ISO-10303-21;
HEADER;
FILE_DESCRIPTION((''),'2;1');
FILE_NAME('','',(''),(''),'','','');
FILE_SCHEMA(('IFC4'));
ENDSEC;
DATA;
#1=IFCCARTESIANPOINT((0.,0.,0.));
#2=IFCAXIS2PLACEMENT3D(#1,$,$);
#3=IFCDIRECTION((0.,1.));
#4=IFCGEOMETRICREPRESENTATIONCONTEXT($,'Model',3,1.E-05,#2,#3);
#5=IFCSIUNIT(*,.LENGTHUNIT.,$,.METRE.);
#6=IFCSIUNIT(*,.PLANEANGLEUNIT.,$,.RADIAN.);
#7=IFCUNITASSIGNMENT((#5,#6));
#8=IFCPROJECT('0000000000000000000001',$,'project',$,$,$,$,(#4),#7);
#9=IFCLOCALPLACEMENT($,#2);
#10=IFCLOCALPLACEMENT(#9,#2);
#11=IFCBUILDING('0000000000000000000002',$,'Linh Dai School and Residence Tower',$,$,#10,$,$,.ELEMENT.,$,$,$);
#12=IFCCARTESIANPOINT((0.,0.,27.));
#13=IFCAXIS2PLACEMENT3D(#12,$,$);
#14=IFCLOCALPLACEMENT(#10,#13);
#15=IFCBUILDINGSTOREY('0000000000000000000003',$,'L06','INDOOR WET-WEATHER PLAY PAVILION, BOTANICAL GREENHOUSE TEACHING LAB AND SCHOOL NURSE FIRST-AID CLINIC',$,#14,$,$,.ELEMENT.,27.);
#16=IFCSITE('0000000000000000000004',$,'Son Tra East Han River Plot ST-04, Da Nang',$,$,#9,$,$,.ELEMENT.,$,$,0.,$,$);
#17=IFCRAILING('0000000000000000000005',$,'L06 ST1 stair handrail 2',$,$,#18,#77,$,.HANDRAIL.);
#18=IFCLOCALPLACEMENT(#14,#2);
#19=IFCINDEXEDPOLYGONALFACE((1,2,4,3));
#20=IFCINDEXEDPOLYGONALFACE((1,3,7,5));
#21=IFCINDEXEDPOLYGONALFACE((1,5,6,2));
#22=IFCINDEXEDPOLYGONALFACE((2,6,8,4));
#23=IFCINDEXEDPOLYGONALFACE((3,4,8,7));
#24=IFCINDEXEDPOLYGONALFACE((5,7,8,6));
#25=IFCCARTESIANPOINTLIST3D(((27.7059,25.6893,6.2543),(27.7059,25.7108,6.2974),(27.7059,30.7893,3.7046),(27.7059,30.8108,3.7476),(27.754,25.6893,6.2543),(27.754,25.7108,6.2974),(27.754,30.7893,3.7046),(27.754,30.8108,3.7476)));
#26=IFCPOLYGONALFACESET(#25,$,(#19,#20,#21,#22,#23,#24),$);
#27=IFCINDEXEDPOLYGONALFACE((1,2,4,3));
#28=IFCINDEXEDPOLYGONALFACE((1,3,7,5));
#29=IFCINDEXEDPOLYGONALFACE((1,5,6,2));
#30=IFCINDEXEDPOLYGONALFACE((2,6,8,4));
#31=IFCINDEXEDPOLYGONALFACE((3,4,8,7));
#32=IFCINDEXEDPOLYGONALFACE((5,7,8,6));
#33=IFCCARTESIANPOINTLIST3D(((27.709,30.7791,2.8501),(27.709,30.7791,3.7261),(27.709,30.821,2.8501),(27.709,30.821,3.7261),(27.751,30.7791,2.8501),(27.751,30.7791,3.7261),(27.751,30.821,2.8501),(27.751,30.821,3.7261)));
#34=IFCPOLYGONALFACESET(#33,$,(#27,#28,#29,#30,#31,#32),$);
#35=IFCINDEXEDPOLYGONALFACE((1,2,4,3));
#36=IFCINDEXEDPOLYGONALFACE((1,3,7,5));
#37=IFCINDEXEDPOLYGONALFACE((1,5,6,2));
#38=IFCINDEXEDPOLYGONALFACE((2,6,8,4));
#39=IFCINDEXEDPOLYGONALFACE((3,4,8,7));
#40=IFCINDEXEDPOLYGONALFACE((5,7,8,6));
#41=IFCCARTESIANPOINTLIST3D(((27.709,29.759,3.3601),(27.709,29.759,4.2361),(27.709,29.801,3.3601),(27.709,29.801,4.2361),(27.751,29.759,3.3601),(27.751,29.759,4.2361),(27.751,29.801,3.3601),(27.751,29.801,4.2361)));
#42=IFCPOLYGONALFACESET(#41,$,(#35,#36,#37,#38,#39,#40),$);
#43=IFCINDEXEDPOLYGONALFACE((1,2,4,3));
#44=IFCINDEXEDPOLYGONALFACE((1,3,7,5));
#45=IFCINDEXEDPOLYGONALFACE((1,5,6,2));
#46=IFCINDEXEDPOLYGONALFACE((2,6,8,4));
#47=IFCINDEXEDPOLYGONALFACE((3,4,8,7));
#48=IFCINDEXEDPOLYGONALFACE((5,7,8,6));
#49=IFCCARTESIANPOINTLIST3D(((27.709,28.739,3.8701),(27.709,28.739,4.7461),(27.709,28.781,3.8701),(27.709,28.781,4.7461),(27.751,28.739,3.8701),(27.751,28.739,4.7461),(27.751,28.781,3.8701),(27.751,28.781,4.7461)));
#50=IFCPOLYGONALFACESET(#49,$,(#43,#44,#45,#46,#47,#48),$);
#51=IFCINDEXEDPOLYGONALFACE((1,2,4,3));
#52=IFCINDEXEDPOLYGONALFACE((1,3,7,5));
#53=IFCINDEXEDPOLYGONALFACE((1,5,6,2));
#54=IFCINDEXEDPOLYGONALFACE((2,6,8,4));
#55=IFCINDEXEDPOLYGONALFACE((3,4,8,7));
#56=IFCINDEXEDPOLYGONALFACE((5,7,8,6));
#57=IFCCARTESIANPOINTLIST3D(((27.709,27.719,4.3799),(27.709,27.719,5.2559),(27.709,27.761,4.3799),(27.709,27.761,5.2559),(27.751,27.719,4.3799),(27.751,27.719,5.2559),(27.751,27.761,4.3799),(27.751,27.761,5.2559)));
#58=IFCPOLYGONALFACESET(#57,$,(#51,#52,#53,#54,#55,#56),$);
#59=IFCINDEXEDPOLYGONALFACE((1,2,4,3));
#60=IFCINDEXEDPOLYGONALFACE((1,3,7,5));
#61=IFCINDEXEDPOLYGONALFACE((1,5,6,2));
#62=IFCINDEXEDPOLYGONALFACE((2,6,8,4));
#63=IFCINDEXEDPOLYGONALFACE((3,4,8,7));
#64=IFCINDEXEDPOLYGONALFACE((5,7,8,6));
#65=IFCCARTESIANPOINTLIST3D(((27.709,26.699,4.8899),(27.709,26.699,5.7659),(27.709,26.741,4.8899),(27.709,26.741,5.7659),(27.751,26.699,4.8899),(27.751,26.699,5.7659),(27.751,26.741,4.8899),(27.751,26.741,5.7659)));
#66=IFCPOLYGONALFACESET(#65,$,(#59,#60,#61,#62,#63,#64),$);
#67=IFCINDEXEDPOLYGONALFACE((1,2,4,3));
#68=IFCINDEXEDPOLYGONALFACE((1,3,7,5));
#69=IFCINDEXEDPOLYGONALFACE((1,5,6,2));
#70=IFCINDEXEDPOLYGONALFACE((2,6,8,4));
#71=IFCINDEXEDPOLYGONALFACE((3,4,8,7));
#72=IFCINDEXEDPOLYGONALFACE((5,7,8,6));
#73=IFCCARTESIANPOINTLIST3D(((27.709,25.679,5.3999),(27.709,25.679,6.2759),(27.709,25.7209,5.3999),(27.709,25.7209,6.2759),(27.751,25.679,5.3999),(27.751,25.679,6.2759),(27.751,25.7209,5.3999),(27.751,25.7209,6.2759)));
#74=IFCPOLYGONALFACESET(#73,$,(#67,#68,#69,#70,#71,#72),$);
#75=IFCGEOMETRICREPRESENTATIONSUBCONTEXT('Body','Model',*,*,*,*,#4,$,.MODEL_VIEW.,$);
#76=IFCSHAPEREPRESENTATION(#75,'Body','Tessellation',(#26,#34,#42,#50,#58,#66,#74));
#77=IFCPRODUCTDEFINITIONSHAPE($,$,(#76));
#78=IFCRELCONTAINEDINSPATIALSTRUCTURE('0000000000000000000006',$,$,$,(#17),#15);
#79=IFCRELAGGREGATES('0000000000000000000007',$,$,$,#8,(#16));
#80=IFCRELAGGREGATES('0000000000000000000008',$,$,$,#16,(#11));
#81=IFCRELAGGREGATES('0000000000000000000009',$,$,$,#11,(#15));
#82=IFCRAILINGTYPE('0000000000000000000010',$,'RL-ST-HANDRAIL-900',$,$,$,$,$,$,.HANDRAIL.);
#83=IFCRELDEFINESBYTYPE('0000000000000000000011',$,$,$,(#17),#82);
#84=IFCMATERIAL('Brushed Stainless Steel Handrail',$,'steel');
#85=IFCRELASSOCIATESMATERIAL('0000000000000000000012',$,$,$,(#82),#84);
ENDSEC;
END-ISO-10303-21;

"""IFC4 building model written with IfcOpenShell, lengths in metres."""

from ifc_helpers import new_model, si_unit, direction, frame, origin, origin_2d, place, context, subcontext, project, spatial, rectangle, extrude, source, transform, mapped, material, type_object, element, save


model = new_model("IFC4")

# Units and contexts
model_context = context("Model", 3, precision=1e-05, world=origin(), true_north=direction((0.0, 1.0)))
body_context = subcontext(model_context, "Body", "Model", "MODEL_VIEW")
ifc_project = project(units=[si_unit("LENGTHUNIT", "METRE"), si_unit("PLANEANGLEUNIT", "RADIAN")], contexts=[model_context])

# Site, building, storey
site_placement = place(None, origin())
site = spatial("IfcSite", under=ifc_project, at=site_placement, Name="Son Tra East Han River Plot ST-04, Da Nang", CompositionType="ELEMENT", RefElevation=0.0)
building_placement = place(site_placement, origin())
building = spatial("IfcBuilding", under=site, at=building_placement, Name="Linh Dai School and Residence Tower", CompositionType="ELEMENT")
storey_placement = place(building_placement, frame((0.0, 0.0, 27.0)))
storey = spatial("IfcBuildingStorey", under=building, at=storey_placement, Name="L06", Description="INDOOR WET-WEATHER PLAY PAVILION, BOTANICAL GREENHOUSE TEACHING LAB AND SCHOOL NURSE FIRST-AID CLINIC", CompositionType="ELEMENT", Elevation=27.0)

# Railing
ifc_material_1 = material(Name="Brushed Stainless Steel Handrail", Category="steel")
railing_type_1 = type_object("IfcRailingType", Name="RL-ST-HANDRAIL-900", PredefinedType="HANDRAIL", material=ifc_material_1)
shared_shape_1 = source(origin(), body_context, "Body", "SweptSolid", [
    extrude(rectangle(XDim=0.0481, YDim=0.0481, at=origin_2d()), frame((0.0, 0.0, 0.876), z_axis=(0.0, -0.894444, 0.447179), x_axis=(1.0, 0.0, 0.0)), (0.0, 0.0, 1.0), 5.7019),
    extrude(rectangle(XDim=0.042, YDim=0.042, at=origin_2d()), origin(), (0.0, 0.0, 1.0), 0.876),
    extrude(rectangle(XDim=0.042, YDim=0.042, at=origin_2d()), frame((0.0, -1.02, 0.51)), (0.0, 0.0, 1.0), 0.876),
    extrude(rectangle(XDim=0.042, YDim=0.042, at=origin_2d()), frame((0.0, -2.04, 1.02)), (0.0, 0.0, 1.0), 0.876),
    extrude(rectangle(XDim=0.042, YDim=0.042, at=origin_2d()), frame((0.0, -3.0601, 1.5298)), (0.0, 0.0, 1.0), 0.876),
    extrude(rectangle(XDim=0.042, YDim=0.042, at=origin_2d()), frame((0.0, -4.0801, 2.0398)), (0.0, 0.0, 1.0), 0.876),
    extrude(rectangle(XDim=0.042, YDim=0.042, at=origin_2d()), frame((0.0, -5.1001, 2.5498)), (0.0, 0.0, 1.0), 0.876),
])
railing_1_placement = place(storey_placement, frame((27.73, 30.8, 2.8501)))
element("IfcRailing", 1, at=railing_1_placement, inside=storey, type_object=railing_type_1, Name="L06 ST1 stair handrail 2", PredefinedType="HANDRAIL", context=body_context, shape_type="MappedRepresentation", body=[
    mapped(shared_shape_1, transform((0.0, 0.0, 0.0), x_axis=(1.0, 0.0, 0.0), y_axis=(0.0, 1.0, 0.0), z_axis=(0.0, 0.0, 1.0), scale=1.0)),
])

save(model, "model.ifc")
